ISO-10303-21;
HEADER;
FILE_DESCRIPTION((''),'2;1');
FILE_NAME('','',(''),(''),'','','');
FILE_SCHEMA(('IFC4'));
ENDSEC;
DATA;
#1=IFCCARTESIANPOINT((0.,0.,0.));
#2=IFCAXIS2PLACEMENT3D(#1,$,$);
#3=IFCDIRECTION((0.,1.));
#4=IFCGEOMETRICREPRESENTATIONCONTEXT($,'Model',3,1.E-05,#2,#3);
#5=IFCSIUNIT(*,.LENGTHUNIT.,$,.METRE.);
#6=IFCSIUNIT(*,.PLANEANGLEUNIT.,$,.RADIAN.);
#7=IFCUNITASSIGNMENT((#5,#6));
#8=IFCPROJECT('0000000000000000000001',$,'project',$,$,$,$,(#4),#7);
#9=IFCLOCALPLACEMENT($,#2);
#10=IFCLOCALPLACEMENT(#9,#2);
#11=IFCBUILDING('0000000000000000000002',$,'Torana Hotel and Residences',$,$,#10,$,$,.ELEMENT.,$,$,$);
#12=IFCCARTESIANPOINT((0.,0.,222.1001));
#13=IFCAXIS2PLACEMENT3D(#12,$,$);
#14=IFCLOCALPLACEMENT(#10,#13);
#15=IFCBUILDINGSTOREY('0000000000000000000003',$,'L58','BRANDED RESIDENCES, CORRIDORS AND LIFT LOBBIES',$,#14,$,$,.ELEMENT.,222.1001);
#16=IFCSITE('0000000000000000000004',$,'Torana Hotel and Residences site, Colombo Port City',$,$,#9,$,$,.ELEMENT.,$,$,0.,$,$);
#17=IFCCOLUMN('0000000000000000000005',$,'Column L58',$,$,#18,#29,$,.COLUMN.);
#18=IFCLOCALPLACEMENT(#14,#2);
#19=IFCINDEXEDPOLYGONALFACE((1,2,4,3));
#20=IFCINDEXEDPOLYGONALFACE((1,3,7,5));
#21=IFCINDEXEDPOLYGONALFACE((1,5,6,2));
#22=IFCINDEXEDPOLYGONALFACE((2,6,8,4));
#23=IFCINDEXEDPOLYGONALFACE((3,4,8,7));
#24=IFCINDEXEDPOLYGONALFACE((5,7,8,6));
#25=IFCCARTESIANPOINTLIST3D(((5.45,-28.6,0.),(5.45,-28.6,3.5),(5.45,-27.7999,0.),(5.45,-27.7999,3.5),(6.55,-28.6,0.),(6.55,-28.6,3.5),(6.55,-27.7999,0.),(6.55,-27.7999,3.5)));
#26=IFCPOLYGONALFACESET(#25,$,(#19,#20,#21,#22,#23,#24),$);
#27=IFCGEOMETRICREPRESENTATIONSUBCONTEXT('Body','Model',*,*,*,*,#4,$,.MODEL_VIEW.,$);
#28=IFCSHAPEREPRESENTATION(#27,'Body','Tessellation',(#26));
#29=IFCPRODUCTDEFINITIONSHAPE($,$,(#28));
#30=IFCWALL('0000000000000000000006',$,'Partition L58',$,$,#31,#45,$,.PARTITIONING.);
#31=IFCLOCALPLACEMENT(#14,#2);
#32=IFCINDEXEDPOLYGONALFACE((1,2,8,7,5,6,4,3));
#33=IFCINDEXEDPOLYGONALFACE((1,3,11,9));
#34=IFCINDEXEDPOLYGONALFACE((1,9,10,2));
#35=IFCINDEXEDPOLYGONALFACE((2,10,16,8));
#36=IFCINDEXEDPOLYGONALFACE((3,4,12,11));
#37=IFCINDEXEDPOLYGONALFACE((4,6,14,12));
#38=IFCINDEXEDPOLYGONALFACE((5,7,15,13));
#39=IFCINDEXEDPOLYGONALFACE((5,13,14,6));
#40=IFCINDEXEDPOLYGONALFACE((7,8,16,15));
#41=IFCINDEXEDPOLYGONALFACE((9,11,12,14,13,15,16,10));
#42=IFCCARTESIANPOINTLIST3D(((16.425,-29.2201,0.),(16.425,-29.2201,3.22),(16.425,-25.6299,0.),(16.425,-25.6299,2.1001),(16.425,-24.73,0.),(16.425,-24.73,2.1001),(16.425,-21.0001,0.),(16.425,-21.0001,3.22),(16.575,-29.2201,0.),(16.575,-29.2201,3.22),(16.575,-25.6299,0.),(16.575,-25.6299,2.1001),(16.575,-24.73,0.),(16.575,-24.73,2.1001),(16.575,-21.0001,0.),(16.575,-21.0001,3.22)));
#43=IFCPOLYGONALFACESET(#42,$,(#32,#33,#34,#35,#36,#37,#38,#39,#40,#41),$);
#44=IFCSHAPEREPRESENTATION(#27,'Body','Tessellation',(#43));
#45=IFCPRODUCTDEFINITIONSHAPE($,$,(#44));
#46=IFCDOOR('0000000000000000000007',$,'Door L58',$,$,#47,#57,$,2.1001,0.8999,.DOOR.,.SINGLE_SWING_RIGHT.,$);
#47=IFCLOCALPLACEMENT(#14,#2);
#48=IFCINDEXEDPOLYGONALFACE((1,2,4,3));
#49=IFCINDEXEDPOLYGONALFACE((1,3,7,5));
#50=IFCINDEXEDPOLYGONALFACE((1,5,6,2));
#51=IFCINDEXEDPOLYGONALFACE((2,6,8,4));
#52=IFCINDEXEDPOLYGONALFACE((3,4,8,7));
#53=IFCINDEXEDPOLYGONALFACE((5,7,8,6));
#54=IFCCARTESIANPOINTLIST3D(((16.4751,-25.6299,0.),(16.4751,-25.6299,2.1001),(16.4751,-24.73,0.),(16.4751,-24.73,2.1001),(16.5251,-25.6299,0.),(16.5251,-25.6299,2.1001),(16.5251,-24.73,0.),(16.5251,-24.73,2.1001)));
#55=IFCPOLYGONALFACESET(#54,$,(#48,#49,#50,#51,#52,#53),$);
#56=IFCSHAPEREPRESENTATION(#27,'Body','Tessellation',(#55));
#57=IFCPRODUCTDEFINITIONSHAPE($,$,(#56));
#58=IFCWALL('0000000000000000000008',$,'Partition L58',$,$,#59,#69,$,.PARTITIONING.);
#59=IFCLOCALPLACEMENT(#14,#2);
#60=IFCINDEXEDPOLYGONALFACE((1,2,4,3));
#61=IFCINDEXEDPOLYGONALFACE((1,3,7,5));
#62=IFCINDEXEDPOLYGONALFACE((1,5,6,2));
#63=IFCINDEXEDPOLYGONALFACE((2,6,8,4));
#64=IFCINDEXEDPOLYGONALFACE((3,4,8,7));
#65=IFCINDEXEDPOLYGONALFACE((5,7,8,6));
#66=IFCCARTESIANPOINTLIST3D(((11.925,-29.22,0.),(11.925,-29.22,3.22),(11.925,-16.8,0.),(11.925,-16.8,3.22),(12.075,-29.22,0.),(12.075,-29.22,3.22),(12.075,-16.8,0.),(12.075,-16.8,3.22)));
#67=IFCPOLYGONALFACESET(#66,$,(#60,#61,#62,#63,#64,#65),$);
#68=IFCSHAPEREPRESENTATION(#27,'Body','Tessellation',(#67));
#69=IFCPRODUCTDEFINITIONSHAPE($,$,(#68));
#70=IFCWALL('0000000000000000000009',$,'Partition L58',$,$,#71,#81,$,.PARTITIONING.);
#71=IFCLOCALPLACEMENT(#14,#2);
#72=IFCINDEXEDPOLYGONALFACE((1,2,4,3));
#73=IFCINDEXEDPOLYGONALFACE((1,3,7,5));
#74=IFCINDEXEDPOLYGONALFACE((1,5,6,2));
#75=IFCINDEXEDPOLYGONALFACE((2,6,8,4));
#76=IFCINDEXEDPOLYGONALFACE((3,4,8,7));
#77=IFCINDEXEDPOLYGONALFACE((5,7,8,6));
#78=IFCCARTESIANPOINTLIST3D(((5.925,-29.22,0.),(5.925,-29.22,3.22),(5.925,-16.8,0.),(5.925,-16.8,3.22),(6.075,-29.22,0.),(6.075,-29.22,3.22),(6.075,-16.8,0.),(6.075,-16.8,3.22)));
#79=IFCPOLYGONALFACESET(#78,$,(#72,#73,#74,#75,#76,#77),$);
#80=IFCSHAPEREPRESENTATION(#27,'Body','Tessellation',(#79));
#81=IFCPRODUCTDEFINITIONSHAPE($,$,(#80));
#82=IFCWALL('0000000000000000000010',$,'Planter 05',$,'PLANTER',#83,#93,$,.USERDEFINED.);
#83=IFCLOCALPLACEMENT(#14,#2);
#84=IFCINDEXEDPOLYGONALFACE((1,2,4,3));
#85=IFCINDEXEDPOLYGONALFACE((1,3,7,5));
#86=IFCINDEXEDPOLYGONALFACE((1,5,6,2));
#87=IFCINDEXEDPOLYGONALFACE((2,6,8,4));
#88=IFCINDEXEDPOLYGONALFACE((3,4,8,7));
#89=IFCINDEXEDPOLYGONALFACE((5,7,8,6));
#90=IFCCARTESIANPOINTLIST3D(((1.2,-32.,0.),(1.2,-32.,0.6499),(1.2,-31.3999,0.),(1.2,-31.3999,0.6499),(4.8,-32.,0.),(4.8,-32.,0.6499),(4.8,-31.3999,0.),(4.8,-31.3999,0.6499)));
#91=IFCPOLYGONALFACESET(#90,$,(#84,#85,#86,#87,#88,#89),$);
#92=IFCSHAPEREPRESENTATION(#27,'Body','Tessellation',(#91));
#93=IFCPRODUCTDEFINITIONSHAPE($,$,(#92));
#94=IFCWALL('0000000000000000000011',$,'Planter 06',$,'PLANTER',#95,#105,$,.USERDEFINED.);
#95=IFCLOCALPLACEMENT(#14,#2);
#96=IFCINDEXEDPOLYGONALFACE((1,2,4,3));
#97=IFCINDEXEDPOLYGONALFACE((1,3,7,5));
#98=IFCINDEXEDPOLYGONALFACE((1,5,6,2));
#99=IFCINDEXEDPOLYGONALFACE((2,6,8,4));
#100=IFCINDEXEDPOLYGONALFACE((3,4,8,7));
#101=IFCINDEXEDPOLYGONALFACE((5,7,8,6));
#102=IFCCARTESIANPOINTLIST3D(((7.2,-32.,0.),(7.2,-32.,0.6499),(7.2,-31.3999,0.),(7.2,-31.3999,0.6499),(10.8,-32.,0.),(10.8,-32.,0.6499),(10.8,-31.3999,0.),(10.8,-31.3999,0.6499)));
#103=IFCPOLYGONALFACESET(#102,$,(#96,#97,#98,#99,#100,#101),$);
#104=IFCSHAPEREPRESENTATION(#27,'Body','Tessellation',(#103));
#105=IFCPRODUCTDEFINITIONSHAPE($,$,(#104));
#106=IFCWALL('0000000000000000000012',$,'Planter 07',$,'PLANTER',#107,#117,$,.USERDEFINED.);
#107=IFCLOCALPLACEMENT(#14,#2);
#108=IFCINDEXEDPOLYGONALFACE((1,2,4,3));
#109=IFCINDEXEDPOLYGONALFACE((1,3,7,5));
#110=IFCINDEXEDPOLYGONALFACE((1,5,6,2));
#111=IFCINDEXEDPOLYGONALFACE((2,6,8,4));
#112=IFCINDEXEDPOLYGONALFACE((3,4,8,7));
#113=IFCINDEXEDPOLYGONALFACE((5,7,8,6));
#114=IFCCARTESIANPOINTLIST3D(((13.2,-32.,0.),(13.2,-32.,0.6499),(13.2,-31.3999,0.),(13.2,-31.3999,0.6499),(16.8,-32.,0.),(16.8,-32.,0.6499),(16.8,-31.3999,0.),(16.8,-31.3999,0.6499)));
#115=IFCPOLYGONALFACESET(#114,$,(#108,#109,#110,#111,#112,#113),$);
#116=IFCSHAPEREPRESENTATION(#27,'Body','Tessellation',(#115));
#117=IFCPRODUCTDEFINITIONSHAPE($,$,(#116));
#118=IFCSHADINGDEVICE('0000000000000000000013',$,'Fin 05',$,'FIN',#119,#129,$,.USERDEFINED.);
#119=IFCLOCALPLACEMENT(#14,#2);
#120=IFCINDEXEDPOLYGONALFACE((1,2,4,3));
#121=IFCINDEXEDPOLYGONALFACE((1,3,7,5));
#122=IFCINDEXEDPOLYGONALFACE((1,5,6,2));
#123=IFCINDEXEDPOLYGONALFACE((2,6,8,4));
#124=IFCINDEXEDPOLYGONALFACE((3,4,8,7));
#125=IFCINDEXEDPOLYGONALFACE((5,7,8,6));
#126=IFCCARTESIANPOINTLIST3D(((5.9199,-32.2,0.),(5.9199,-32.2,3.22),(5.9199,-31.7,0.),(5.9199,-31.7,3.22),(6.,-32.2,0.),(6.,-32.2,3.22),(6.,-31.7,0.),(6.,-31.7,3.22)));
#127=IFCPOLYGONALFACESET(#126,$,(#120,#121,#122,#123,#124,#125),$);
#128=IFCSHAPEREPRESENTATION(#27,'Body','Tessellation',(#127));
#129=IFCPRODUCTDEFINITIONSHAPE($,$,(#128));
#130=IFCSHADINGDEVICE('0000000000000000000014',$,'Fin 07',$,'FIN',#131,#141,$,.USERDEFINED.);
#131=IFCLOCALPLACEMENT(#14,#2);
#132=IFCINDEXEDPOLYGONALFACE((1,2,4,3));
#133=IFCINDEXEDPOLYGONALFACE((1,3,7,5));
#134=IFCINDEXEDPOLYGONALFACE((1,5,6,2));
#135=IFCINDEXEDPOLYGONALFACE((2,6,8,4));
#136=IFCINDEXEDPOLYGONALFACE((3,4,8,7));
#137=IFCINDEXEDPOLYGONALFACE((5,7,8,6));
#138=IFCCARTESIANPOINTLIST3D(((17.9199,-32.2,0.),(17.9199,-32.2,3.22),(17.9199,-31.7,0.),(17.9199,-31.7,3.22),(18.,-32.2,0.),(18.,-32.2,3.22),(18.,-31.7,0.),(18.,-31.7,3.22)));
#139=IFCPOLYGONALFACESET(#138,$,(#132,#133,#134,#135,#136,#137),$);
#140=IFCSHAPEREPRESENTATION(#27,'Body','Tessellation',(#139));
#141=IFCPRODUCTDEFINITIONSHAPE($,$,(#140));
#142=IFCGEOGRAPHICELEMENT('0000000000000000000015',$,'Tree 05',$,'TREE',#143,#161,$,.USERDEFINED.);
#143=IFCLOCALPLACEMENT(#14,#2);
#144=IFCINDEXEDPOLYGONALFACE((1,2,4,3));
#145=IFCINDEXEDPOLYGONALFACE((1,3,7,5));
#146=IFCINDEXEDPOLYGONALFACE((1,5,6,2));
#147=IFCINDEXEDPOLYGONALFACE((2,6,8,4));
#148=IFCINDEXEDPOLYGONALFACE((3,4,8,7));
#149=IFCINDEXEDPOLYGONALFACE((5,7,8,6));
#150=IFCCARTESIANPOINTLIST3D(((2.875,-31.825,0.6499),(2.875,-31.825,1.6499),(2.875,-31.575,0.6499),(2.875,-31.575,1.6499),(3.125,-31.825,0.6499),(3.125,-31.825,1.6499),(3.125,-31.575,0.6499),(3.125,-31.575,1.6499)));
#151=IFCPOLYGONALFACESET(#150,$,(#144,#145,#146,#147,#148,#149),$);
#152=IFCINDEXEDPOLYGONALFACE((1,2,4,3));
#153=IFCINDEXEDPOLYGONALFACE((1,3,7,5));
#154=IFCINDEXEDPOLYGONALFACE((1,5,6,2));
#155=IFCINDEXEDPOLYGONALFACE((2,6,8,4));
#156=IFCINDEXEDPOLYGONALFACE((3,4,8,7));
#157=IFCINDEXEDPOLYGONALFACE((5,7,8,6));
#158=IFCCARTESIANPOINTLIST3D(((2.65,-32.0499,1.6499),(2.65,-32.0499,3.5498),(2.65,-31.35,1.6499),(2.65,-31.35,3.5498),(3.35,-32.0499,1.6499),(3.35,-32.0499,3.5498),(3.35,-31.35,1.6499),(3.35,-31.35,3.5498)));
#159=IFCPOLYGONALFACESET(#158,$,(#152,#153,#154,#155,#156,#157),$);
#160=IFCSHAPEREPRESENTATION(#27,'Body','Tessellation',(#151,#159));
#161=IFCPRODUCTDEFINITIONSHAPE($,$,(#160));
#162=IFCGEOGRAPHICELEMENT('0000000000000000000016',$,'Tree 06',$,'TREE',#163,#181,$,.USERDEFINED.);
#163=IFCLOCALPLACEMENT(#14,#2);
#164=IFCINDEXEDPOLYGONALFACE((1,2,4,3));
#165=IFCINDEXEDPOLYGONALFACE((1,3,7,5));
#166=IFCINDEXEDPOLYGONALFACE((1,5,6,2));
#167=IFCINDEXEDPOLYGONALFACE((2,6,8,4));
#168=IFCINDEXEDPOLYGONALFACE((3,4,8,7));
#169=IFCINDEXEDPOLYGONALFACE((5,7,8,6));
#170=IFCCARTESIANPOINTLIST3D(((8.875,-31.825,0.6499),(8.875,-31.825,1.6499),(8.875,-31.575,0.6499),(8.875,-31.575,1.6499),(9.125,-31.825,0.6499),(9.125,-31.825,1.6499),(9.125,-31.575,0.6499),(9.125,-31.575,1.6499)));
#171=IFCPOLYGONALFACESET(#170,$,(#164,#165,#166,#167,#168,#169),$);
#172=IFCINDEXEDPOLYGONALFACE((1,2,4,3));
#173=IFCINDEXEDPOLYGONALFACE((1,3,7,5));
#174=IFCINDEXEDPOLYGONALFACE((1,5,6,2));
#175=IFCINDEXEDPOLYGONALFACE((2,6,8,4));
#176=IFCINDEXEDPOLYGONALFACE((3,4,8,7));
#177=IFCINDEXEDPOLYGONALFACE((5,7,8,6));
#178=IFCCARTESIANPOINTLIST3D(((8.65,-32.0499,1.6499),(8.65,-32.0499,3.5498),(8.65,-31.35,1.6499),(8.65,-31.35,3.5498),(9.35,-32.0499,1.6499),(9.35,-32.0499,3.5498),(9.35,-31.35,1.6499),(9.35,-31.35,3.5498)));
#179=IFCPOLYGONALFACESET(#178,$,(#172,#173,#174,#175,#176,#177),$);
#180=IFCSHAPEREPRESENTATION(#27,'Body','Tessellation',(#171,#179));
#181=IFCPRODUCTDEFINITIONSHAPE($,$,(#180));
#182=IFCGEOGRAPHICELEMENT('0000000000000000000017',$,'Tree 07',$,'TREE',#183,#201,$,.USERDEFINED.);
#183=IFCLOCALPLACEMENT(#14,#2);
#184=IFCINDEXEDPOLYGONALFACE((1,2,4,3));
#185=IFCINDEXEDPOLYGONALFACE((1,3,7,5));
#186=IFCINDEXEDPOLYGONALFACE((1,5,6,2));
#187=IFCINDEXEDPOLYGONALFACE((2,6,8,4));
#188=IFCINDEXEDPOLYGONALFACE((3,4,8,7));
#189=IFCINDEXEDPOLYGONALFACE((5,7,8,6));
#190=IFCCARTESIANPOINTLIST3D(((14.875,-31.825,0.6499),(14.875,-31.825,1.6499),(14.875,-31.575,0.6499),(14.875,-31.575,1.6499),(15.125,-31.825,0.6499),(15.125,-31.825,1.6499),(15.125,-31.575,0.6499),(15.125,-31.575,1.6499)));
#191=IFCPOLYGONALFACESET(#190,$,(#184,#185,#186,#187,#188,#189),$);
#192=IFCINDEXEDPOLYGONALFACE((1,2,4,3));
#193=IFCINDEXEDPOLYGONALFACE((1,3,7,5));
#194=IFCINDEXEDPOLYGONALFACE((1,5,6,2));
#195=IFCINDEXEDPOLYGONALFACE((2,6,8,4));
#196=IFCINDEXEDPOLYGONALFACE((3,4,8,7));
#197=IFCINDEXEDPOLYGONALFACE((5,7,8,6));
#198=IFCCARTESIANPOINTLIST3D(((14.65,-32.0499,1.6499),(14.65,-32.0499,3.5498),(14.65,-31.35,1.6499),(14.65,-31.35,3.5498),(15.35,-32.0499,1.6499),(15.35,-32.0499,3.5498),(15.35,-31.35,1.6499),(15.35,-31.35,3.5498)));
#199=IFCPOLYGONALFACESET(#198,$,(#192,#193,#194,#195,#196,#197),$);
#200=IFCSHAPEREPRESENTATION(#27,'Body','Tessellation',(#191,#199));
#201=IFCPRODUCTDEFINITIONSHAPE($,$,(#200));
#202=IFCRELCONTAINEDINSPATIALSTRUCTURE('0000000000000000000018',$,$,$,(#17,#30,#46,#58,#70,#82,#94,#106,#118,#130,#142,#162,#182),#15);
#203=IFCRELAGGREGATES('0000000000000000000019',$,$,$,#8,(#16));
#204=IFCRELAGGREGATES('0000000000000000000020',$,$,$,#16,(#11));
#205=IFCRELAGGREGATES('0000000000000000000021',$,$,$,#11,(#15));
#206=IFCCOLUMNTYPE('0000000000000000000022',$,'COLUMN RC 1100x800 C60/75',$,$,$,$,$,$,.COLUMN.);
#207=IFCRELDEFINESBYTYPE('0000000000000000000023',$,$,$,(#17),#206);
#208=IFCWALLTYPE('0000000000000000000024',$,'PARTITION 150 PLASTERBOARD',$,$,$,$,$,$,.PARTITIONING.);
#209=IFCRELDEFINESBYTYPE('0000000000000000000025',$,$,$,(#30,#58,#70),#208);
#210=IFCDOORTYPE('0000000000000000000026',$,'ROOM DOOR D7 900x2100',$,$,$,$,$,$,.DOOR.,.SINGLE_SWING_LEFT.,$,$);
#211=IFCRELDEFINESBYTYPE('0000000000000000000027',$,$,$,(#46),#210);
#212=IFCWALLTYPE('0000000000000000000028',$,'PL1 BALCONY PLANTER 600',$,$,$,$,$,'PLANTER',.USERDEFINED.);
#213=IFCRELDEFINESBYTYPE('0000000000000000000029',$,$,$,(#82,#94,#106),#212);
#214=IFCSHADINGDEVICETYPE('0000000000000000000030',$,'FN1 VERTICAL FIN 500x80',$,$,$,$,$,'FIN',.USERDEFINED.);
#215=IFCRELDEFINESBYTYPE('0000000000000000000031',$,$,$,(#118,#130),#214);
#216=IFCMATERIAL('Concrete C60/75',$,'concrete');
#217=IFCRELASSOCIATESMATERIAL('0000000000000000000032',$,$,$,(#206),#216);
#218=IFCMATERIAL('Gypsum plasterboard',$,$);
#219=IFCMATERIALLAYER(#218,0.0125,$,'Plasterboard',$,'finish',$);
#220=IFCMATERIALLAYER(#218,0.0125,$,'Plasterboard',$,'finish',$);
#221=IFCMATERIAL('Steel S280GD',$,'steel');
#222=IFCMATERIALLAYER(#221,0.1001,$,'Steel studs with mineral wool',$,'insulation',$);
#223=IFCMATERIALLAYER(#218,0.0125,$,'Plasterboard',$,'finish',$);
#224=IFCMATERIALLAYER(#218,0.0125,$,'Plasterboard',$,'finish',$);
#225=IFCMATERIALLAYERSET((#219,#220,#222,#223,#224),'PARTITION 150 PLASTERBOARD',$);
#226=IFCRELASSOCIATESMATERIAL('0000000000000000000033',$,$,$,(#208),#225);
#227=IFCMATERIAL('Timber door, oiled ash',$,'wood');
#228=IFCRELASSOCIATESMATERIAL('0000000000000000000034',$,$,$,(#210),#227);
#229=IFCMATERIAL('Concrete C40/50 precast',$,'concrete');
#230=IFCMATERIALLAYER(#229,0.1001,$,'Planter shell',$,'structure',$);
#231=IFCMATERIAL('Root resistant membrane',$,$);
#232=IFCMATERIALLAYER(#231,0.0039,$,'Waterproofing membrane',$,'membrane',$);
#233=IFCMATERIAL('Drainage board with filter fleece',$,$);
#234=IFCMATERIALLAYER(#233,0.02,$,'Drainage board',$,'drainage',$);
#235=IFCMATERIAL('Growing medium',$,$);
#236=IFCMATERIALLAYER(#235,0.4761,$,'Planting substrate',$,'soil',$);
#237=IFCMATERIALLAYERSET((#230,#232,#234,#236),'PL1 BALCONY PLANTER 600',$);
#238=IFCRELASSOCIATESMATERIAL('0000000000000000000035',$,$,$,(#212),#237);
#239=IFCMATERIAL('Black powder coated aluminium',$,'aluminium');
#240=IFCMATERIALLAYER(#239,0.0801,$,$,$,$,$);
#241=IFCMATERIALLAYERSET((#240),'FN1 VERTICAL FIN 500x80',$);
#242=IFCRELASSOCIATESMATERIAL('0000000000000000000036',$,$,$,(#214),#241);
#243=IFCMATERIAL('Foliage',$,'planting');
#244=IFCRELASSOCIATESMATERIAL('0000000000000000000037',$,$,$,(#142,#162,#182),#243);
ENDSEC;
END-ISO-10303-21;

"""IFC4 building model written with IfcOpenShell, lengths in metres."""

from ifc_helpers import new_model, si_unit, direction, frame, frame_2d, origin, origin_2d, place, context, subcontext, project, spatial, rectangle, extrude, material, layer, layer_set, material_profile, profile_set, type_object, element, fill, save


model = new_model("IFC4")

# Units and contexts
model_context = context("Model", 3, precision=1e-05, world=origin(), true_north=direction((0.0, 1.0)))
body_context = subcontext(model_context, "Body", "Model", "MODEL_VIEW")
ifc_project = project(units=[si_unit("LENGTHUNIT", "METRE"), si_unit("PLANEANGLEUNIT", "RADIAN")], contexts=[model_context])

# Site, building, storey
site_placement = place(None, origin())
site = spatial("IfcSite", under=ifc_project, at=site_placement, Name="Torana Hotel and Residences site, Colombo Port City", CompositionType="ELEMENT", RefElevation=0.0)
building_placement = place(site_placement, origin())
building = spatial("IfcBuilding", under=site, at=building_placement, Name="Torana Hotel and Residences", CompositionType="ELEMENT")
storey_placement = place(building_placement, frame((0.0, 0.0, 222.1001)))
storey = spatial("IfcBuildingStorey", under=building, at=storey_placement, Name="L58", Description="BRANDED RESIDENCES, CORRIDORS AND LIFT LOBBIES", CompositionType="ELEMENT", Elevation=222.1001)

# Column
ifc_material_1 = material(Name="Concrete C60/75", Category="concrete")
ifc_material_profile = material_profile(ifc_material_1, rectangle(XDim=1.1001, YDim=0.8, at=origin_2d()), Name="RC 1100x800")
ifc_profile_set = profile_set([ifc_material_profile], Name="Concrete C60/75")
column_type = type_object("IfcColumnType", Name="COLUMN RC 1100x800 C60/75", PredefinedType="COLUMN", material=ifc_profile_set)
column_placement = place(storey_placement, frame((6.0, -28.2, 0.0), z_axis=(0.0, 0.0, 1.0), x_axis=(1.0, 0.0, 0.0)))
element("IfcColumn", 1, at=column_placement, inside=storey, type_object=column_type, Name="Column L58", PredefinedType="COLUMN", context=body_context, shape_type="SweptSolid", body=[
    extrude(rectangle(XDim=1.1001, YDim=0.8, at=origin_2d()), origin(), (0.0, 0.0, 1.0), 3.5),
])

# Wall, opening, door
ifc_material_2 = material(Name="Gypsum plasterboard")
ifc_layer_1 = layer(ifc_material_2, 0.0125, Name="Plasterboard", Category="finish")
ifc_layer_2 = layer(ifc_material_2, 0.0125, Name="Plasterboard", Category="finish")
ifc_material_3 = material(Name="Steel S280GD", Category="steel")
ifc_layer_3 = layer(ifc_material_3, 0.1001, Name="Steel studs with mineral wool", Category="insulation")
ifc_layer_4 = layer(ifc_material_2, 0.0125, Name="Plasterboard", Category="finish")
ifc_layer_5 = layer(ifc_material_2, 0.0125, Name="Plasterboard", Category="finish")
ifc_layer_set_1 = layer_set([ifc_layer_1, ifc_layer_2, ifc_layer_3, ifc_layer_4, ifc_layer_5], Name="PARTITION 150 PLASTERBOARD")
wall_type_1 = type_object("IfcWallType", Name="PARTITION 150 PLASTERBOARD", PredefinedType="PARTITIONING", material=ifc_layer_set_1)
wall_placement = place(storey_placement, frame((16.5, -29.22, 0.0), z_axis=(0.0, 0.0, 1.0), x_axis=(0.0, 1.0, 0.0)))
wall = element("IfcWall", 2, at=wall_placement, inside=storey, type_object=wall_type_1, Name="Partition L58", PredefinedType="PARTITIONING", context=body_context, shape_type="SweptSolid", body=[
    extrude(rectangle(XDim=8.22, YDim=0.1499, at=frame_2d((4.1099, 0.0))), origin(), (0.0, 0.0, 1.0), 3.22),
])
opening_placement = place(wall_placement, frame((3.5901, 0.0, 0.0)))
opening = element("IfcOpeningElement", 3, at=opening_placement, cuts=wall, PredefinedType="OPENING", context=body_context, shape_type="SweptSolid", body=[
    extrude(rectangle(XDim=0.8999, YDim=2.1001, at=frame_2d((0.45, 1.05))), frame((0.0, 0.085, 0.0), z_axis=(0.0, -1.0, 0.0), x_axis=(1.0, 0.0, 0.0)), (0.0, 0.0, 1.0), 0.1699),
])
ifc_material_4 = material(Name="Timber door, oiled ash", Category="wood")
door_type = type_object("IfcDoorType", Name="ROOM DOOR D7 900x2100", OperationType="SINGLE_SWING_LEFT", PredefinedType="DOOR", material=ifc_material_4)
door_placement = place(opening_placement, origin())
door = element("IfcDoor", 4, at=door_placement, inside=storey, type_object=door_type, Name="Door L58", OperationType="SINGLE_SWING_RIGHT", OverallHeight=2.1001, OverallWidth=0.8999, PredefinedType="DOOR", context=body_context, shape_type="SweptSolid", body=[
    extrude(rectangle(XDim=0.8999, YDim=2.1001, at=frame_2d((0.45, 1.05))), frame((0.0, 0.0249, 0.0), z_axis=(0.0, -1.0, 0.0), x_axis=(1.0, 0.0, 0.0)), (0.0, 0.0, 1.0), 0.05),
])
fill(opening, door)

# Walls
for number, where, z_axis, x_axis, name in (
    (5, (12.0, -29.22, 0.0), (0.0, 0.0, 1.0), (0.0, 1.0, 0.0), "Partition L58"),
    (6, (6.0, -29.22, 0.0), (0.0, 0.0, 1.0), (0.0, 1.0, 0.0), "Partition L58"),
):
    element("IfcWall", number, at=place(storey_placement, frame(where, z_axis=z_axis, x_axis=x_axis)), inside=storey, type_object=wall_type_1, Name=name, PredefinedType="PARTITIONING", context=body_context, shape_type="SweptSolid", body=[
        extrude(rectangle(XDim=12.4199, YDim=0.1499, at=frame_2d((6.21, 0.0))), origin(), (0.0, 0.0, 1.0), 3.22),
    ])
ifc_material_5 = material(Name="Concrete C40/50 precast", Category="concrete")
ifc_layer_6 = layer(ifc_material_5, 0.1001, Name="Planter shell", Category="structure")
ifc_material_6 = material(Name="Root resistant membrane")
ifc_layer_7 = layer(ifc_material_6, 0.0039, Name="Waterproofing membrane", Category="membrane")
ifc_material_7 = material(Name="Drainage board with filter fleece")
ifc_layer_8 = layer(ifc_material_7, 0.02, Name="Drainage board", Category="drainage")
ifc_material_8 = material(Name="Growing medium")
ifc_layer_9 = layer(ifc_material_8, 0.4761, Name="Planting substrate", Category="soil")
ifc_layer_set_2 = layer_set([ifc_layer_6, ifc_layer_7, ifc_layer_8, ifc_layer_9], Name="PL1 BALCONY PLANTER 600")
wall_type_2 = type_object("IfcWallType", Name="PL1 BALCONY PLANTER 600", ElementType="PLANTER", PredefinedType="USERDEFINED", material=ifc_layer_set_2)
for number, where, z_axis, x_axis, name in (
    (7, (4.8, -31.7, 0.0), (0.0, 0.0, 1.0), (-1.0, 0.0, 0.0), "Planter 05"),
    (8, (10.8, -31.7, 0.0), (0.0, 0.0, 1.0), (-1.0, 0.0, 0.0), "Planter 06"),
    (9, (16.8, -31.7, 0.0), (0.0, 0.0, 1.0), (-1.0, 0.0, 0.0), "Planter 07"),
):
    element("IfcWall", number, at=place(storey_placement, frame(where, z_axis=z_axis, x_axis=x_axis)), inside=storey, type_object=wall_type_2, Name=name, ObjectType="PLANTER", PredefinedType="USERDEFINED", context=body_context, shape_type="SweptSolid", body=[
        extrude(rectangle(XDim=3.6001, YDim=0.6001, at=frame_2d((1.8, 0.0))), origin(), (0.0, 0.0, 1.0), 0.6499),
    ])

# Shading devices
ifc_material_9 = material(Name="Black powder coated aluminium", Category="aluminium")
ifc_layer_10 = layer(ifc_material_9, 0.0801)
ifc_layer_set_3 = layer_set([ifc_layer_10], Name="FN1 VERTICAL FIN 500x80")
shading_device_type = type_object("IfcShadingDeviceType", Name="FN1 VERTICAL FIN 500x80", ElementType="FIN", PredefinedType="USERDEFINED", material=ifc_layer_set_3)
for number, where, z_axis, x_axis, name in (
    (10, (5.96, -31.95, 0.0), (0.0, 0.0, 1.0), (-1.0, 0.0, 0.0), "Fin 05"),
    (11, (17.96, -31.95, 0.0), (0.0, 0.0, 1.0), (-1.0, 0.0, 0.0), "Fin 07"),
):
    element("IfcShadingDevice", number, at=place(storey_placement, frame(where, z_axis=z_axis, x_axis=x_axis)), inside=storey, type_object=shading_device_type, Name=name, ObjectType="FIN", PredefinedType="USERDEFINED", context=body_context, shape_type="SweptSolid", body=[
        extrude(rectangle(XDim=0.0801, YDim=0.5, at=origin_2d()), origin(), (0.0, 0.0, 1.0), 3.22),
    ])

# Geographic elements
ifc_material_10 = material(Name="Foliage", Category="planting")
for number, where, z_axis, x_axis, name in (
    (12, (3.0, -31.7, 0.6499), (0.0, 0.0, 1.0), (1.0, 0.0, 0.0), "Tree 05"),
    (13, (9.0, -31.7, 0.6499), (0.0, 0.0, 1.0), (1.0, 0.0, 0.0), "Tree 06"),
    (14, (15.0, -31.7, 0.6499), (0.0, 0.0, 1.0), (1.0, 0.0, 0.0), "Tree 07"),
):
    element("IfcGeographicElement", number, at=place(storey_placement, frame(where, z_axis=z_axis, x_axis=x_axis)), inside=storey, material=ifc_material_10, Name=name, ObjectType="TREE", PredefinedType="USERDEFINED", context=body_context, shape_type="SweptSolid", body=[
        extrude(rectangle(XDim=0.25, YDim=0.25, at=origin_2d()), origin(), (0.0, 0.0, 1.0), 1.0),
        extrude(rectangle(XDim=0.7, YDim=0.7, at=origin_2d()), frame((0.0, 0.0, 1.0)), (0.0, 0.0, 1.0), 1.8999),
    ])

save(model, "model.ifc")
